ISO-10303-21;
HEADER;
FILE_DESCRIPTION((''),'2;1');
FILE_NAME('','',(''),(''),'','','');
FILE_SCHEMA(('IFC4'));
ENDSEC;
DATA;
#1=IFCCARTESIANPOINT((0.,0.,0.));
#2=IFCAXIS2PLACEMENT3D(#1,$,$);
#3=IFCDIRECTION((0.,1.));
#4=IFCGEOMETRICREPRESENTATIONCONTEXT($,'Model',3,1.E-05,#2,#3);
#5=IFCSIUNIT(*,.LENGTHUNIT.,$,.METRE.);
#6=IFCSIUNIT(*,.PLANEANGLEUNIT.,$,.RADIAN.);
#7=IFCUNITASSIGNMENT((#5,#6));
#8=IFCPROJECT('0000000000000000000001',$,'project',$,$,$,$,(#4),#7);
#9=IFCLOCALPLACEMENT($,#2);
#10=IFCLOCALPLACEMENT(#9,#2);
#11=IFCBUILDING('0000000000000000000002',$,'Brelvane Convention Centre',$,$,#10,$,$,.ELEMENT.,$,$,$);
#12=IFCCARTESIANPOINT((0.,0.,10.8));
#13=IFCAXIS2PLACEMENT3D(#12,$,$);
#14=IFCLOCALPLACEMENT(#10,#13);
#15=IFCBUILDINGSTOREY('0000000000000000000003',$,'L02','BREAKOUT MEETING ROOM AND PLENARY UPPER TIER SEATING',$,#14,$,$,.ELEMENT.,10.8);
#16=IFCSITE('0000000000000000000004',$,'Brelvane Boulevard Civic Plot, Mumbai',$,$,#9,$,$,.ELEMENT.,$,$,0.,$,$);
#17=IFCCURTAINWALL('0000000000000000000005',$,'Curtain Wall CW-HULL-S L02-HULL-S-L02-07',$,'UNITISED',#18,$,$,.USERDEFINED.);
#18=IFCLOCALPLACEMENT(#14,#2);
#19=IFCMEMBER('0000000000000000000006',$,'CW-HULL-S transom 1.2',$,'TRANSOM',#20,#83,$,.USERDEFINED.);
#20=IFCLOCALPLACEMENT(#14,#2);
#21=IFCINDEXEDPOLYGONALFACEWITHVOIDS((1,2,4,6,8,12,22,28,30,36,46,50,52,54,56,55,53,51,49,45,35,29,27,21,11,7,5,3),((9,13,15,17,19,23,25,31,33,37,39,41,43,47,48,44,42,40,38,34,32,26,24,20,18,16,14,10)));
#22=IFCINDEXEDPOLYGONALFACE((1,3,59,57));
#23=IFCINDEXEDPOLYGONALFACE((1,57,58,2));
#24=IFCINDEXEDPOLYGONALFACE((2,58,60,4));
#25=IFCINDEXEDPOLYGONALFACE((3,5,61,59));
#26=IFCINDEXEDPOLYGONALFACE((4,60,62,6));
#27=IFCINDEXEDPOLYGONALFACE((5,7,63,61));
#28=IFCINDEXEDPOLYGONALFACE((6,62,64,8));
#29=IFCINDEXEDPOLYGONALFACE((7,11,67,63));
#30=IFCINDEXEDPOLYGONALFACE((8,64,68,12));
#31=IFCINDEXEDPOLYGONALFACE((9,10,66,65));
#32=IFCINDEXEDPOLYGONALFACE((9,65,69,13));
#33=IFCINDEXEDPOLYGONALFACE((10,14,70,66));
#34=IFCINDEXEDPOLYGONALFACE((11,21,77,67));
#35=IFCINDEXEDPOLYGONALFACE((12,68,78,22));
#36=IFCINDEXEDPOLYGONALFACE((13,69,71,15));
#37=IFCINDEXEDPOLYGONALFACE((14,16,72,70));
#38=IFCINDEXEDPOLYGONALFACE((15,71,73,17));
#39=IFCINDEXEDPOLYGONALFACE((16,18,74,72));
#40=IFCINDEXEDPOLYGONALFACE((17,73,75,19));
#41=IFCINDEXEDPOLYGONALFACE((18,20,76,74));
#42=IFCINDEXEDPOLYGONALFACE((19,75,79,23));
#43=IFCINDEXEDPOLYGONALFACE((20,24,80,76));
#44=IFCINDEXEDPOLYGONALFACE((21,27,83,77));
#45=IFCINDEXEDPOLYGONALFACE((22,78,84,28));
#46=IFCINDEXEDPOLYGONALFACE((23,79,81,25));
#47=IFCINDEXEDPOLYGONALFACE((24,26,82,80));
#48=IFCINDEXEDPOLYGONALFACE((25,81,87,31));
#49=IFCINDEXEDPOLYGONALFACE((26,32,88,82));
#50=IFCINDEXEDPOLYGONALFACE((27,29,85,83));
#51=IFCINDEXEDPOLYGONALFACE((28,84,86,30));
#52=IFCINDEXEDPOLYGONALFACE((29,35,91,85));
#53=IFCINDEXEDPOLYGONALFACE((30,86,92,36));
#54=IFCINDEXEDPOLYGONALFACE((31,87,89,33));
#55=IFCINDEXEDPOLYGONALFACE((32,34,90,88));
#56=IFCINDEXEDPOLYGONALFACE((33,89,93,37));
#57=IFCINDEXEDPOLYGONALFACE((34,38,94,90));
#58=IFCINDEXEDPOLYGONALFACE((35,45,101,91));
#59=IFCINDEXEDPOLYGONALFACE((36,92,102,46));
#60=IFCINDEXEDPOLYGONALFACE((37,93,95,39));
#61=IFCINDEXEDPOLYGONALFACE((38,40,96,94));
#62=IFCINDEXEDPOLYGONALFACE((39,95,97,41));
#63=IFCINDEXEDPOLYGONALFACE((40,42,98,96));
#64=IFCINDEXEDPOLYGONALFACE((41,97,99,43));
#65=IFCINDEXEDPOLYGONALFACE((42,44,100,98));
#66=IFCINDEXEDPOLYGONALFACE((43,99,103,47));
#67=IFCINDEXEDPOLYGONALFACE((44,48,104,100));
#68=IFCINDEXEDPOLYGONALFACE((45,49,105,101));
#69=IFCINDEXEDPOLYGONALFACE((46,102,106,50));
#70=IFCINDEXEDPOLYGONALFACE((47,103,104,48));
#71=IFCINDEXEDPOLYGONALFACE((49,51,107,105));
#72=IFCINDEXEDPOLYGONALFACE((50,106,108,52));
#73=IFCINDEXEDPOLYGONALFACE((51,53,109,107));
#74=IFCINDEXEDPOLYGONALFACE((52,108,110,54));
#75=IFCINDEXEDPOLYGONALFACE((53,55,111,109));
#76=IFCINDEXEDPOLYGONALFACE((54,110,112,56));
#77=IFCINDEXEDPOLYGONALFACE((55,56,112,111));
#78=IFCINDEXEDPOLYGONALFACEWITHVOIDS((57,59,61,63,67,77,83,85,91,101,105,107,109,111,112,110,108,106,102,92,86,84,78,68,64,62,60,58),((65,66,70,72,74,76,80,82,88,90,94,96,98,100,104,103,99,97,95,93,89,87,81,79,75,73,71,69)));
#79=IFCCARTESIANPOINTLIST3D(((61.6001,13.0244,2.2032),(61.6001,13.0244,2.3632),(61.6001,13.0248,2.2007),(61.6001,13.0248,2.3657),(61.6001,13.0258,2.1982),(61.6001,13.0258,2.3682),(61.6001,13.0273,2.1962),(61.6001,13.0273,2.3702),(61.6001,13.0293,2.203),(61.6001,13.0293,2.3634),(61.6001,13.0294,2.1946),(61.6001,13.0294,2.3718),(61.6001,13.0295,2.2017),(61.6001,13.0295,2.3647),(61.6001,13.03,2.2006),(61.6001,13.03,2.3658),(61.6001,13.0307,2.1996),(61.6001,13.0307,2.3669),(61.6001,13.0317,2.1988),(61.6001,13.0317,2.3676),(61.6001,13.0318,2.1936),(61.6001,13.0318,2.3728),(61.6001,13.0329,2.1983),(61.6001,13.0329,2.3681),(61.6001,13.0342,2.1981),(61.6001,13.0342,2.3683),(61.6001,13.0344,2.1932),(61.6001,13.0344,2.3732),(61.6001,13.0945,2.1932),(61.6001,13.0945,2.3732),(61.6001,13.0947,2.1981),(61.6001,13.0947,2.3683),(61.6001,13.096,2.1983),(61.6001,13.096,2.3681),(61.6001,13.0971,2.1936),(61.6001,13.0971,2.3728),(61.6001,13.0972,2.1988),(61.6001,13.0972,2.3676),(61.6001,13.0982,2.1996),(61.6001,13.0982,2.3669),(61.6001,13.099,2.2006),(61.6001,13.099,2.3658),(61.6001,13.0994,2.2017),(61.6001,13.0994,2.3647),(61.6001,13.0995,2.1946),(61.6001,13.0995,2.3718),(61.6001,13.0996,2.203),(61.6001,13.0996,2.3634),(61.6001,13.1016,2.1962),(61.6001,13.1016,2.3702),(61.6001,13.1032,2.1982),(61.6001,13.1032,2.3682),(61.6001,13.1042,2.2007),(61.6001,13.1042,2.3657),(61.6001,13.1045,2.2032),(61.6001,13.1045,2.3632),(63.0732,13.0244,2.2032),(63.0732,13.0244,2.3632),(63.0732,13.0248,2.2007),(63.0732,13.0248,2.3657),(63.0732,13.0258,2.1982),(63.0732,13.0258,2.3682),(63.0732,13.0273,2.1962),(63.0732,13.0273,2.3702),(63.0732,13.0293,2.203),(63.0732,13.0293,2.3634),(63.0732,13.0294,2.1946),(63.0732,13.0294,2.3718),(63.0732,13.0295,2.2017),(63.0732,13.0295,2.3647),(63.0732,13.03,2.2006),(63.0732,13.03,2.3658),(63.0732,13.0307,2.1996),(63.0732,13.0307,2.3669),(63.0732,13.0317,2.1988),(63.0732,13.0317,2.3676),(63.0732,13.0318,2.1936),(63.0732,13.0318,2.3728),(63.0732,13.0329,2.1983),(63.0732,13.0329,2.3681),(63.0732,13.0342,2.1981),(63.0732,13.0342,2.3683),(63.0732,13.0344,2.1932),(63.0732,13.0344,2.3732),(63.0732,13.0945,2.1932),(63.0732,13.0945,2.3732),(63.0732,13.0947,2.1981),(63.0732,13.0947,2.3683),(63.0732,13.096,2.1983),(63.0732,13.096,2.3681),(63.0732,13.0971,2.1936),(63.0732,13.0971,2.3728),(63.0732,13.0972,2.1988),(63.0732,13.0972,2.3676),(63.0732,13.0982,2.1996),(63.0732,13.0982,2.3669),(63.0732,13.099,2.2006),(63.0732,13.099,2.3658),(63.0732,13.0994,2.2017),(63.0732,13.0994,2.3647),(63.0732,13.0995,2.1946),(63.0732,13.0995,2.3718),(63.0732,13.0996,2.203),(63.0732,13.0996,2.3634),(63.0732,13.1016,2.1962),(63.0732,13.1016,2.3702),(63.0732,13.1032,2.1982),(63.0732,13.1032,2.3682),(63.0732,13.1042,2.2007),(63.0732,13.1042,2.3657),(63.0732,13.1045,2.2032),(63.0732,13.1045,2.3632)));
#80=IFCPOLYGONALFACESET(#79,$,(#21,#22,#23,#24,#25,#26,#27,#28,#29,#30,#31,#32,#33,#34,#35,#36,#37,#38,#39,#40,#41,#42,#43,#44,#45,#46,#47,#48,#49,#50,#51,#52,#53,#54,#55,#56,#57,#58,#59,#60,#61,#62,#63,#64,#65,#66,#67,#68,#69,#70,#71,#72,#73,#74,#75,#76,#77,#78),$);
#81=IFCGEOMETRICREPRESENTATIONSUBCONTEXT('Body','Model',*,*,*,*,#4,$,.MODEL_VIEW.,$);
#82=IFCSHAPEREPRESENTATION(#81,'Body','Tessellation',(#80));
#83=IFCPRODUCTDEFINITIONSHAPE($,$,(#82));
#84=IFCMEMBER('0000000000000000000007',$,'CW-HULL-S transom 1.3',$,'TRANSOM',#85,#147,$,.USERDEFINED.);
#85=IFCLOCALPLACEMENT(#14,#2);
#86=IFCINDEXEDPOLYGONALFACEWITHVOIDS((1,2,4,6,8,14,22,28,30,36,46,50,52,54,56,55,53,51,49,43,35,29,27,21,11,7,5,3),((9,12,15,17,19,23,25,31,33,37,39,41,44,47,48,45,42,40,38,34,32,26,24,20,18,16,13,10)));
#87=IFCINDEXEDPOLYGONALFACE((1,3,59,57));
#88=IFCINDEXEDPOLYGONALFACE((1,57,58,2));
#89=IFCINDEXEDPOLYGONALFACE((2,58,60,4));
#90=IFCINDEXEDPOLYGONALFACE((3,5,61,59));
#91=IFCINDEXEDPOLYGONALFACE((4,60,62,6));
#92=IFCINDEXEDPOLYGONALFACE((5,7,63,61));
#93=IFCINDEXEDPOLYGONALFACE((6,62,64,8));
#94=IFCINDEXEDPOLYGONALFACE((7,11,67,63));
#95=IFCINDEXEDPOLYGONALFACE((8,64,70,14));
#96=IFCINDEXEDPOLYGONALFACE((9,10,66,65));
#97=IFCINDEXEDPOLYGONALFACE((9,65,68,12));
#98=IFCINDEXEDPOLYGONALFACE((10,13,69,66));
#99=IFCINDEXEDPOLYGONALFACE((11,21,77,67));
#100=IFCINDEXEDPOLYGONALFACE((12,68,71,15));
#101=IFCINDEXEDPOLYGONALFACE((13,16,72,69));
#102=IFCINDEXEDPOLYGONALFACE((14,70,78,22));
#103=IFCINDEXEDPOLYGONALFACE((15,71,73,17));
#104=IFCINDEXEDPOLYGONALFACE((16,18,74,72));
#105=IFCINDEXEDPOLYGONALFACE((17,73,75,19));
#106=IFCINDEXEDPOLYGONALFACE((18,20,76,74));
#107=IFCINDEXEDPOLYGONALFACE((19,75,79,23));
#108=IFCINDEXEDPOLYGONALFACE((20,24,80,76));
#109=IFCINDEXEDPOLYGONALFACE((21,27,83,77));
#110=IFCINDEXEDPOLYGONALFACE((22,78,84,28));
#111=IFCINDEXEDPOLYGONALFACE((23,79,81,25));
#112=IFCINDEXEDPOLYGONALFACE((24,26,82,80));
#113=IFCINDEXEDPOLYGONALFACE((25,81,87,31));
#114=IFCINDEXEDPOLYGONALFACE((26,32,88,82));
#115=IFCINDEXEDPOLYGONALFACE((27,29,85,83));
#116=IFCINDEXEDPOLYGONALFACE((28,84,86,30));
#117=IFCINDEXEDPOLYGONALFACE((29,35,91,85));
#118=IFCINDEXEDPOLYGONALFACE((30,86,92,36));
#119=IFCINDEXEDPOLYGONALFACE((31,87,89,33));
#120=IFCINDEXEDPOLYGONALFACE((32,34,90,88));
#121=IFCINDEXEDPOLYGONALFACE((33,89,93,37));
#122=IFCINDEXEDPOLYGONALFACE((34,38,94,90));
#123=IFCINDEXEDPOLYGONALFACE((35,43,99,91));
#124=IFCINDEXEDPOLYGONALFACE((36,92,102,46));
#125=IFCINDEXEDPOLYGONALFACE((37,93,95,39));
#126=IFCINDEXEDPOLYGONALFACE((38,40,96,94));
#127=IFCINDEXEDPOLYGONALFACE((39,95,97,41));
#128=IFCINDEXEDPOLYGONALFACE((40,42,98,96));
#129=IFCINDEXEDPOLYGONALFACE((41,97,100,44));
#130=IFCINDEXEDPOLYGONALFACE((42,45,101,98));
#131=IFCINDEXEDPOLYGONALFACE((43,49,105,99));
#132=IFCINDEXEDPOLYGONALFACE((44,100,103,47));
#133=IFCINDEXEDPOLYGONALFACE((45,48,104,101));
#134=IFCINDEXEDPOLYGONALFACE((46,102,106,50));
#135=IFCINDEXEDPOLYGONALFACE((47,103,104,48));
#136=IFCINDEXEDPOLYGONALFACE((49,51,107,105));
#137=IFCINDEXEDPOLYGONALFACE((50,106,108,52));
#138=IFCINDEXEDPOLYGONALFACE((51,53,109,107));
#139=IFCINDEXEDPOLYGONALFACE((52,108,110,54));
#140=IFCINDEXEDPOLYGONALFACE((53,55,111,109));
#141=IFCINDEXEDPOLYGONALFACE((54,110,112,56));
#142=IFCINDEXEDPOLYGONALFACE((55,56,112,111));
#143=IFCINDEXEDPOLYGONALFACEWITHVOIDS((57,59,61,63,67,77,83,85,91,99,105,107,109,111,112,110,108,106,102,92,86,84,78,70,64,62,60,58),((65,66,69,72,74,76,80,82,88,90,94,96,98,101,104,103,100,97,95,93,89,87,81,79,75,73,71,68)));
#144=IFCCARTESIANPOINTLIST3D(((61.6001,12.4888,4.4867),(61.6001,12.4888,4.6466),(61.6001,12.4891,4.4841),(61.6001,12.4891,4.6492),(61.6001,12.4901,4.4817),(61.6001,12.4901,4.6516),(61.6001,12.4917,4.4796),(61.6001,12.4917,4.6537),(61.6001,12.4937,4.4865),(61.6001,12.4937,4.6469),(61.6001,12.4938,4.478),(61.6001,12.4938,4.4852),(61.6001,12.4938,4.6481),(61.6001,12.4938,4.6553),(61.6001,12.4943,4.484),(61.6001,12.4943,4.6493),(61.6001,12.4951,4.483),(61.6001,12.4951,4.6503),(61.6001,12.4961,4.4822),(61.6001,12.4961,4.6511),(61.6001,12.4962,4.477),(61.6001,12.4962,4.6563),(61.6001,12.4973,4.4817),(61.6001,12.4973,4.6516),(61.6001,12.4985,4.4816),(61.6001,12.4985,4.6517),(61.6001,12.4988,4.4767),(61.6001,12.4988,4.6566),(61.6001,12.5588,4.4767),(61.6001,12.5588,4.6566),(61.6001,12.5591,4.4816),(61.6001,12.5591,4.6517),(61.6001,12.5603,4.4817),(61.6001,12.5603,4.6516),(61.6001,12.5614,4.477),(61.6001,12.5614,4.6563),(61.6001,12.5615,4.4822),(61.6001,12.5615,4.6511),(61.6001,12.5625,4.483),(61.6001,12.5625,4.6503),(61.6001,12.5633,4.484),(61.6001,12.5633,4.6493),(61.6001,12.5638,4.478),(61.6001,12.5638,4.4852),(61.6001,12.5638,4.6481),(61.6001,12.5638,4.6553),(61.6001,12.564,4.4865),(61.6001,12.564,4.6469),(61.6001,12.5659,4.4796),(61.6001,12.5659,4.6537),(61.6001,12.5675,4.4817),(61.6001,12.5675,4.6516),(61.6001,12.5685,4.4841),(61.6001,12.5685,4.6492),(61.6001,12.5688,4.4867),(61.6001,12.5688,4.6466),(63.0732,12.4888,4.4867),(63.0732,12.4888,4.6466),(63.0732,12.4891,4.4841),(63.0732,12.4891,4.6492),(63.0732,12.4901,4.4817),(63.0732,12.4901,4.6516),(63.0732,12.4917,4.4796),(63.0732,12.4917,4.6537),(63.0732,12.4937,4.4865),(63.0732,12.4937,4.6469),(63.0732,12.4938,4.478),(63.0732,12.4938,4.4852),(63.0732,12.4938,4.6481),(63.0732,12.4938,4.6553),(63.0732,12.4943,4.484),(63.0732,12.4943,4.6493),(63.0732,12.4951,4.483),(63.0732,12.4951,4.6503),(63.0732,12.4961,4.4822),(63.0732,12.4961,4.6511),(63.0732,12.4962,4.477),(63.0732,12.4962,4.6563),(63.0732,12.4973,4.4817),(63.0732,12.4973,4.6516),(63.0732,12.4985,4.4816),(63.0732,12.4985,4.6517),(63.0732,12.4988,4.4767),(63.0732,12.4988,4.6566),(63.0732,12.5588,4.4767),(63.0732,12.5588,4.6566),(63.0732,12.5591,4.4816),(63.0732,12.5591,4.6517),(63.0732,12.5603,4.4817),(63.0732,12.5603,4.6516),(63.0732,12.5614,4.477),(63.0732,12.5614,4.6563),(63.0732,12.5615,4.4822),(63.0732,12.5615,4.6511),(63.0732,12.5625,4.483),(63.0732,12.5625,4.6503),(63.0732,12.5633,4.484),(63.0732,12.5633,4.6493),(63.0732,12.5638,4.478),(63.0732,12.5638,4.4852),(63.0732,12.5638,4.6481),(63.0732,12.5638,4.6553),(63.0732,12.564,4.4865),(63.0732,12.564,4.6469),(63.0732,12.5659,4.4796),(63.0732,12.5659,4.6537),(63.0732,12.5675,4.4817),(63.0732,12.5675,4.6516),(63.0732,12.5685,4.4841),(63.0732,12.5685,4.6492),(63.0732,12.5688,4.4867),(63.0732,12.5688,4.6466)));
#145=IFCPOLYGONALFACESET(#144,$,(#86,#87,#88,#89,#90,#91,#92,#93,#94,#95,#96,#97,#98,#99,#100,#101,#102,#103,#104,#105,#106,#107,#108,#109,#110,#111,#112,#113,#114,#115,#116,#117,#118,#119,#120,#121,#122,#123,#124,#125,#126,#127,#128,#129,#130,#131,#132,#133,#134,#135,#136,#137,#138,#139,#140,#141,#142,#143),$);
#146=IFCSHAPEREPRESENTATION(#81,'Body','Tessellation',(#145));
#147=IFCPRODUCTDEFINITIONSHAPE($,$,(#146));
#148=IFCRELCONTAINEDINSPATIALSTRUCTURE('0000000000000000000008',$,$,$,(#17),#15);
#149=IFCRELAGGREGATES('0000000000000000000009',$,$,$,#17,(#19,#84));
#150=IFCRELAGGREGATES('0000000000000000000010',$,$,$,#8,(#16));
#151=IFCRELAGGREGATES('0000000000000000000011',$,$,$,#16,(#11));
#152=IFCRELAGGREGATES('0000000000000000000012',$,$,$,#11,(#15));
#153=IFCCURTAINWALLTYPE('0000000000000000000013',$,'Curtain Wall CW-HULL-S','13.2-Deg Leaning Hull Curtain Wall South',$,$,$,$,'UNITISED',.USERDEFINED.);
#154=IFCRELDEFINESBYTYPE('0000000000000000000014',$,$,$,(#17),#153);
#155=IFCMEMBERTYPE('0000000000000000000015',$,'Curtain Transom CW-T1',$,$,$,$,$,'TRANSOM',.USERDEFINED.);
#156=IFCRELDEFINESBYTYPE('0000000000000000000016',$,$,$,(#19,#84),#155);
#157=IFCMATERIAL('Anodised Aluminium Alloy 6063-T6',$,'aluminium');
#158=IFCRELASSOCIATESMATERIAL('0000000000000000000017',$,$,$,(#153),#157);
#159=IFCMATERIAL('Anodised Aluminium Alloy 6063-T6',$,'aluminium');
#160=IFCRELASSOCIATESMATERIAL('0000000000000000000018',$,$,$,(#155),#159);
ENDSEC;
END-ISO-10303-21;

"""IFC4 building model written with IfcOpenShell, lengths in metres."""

from ifc_helpers import new_model, si_unit, direction, frame, origin, origin_2d, place, context, subcontext, project, spatial, hollow_rectangle, extrude, material, material_profile, profile_set, type_object, element, aggregate, save


model = new_model("IFC4")

# Units and contexts
model_context = context("Model", 3, precision=1e-05, world=origin(), true_north=direction((0.0, 1.0)))
body_context = subcontext(model_context, "Body", "Model", "MODEL_VIEW")
ifc_project = project(units=[si_unit("LENGTHUNIT", "METRE"), si_unit("PLANEANGLEUNIT", "RADIAN")], contexts=[model_context])

# Site, building, storey
site_placement = place(None, origin())
site = spatial("IfcSite", under=ifc_project, at=site_placement, Name="Brelvane Boulevard Civic Plot, Mumbai", CompositionType="ELEMENT", RefElevation=0.0)
building_placement = place(site_placement, origin())
building = spatial("IfcBuilding", under=site, at=building_placement, Name="Brelvane Convention Centre", CompositionType="ELEMENT")
storey_placement = place(building_placement, frame((0.0, 0.0, 10.8)))
storey = spatial("IfcBuildingStorey", under=building, at=storey_placement, Name="L02", Description="BREAKOUT MEETING ROOM AND PLENARY UPPER TIER SEATING", CompositionType="ELEMENT", Elevation=10.8)

# Curtain wall, members
ifc_material_1 = material(Name="Anodised Aluminium Alloy 6063-T6", Category="aluminium")
curtain_wall_type = type_object("IfcCurtainWallType", Name="Curtain Wall CW-HULL-S", Description="13.2-Deg Leaning Hull Curtain Wall South", ElementType="UNITISED", PredefinedType="USERDEFINED", material=ifc_material_1)
curtain_wall_1_placement = place(storey_placement, origin())
curtain_wall_1 = element("IfcCurtainWall", 1, at=curtain_wall_1_placement, inside=storey, type_object=curtain_wall_type, Name="Curtain Wall CW-HULL-S L02-HULL-S-L02-07", ObjectType="UNITISED", PredefinedType="USERDEFINED")
ifc_material_2 = material(Name="Anodised Aluminium Alloy 6063-T6", Category="aluminium")
ifc_material_profile = material_profile(ifc_material_2, hollow_rectangle(XDim=0.0801, YDim=0.1799, WallThickness=0.0049, InnerFilletRadius=0.0049, OuterFilletRadius=0.01, at=origin_2d()), Name="ALU-T 180x80x5.0")
ifc_profile_set = profile_set([ifc_material_profile], Name="Anodised Aluminium Alloy 6063-T6")
member_type = type_object("IfcMemberType", Name="Curtain Transom CW-T1", ElementType="TRANSOM", PredefinedType="USERDEFINED", material=ifc_profile_set)
member_1_placement = place(storey_placement, frame((61.6001, 13.0645, 2.2832), z_axis=(1.0, 0.0, 0.0), x_axis=(0.0, 1.0, 0.0)))
member_1 = element("IfcMember", 2, at=member_1_placement, type_object=member_type, Name="CW-HULL-S transom 1.2", ObjectType="TRANSOM", PredefinedType="USERDEFINED", context=body_context, shape_type="SweptSolid", body=[
    extrude(hollow_rectangle(XDim=0.0801, YDim=0.1799, WallThickness=0.0049, InnerFilletRadius=0.0049, OuterFilletRadius=0.01, at=origin_2d()), origin(), (0.0, 0.0, 1.0), 1.4731),
])
member_2_placement = place(storey_placement, frame((61.6001, 12.5288, 4.5667), z_axis=(1.0, 0.0, 0.0), x_axis=(0.0, 1.0, 0.0)))
member_2 = element("IfcMember", 3, at=member_2_placement, type_object=member_type, Name="CW-HULL-S transom 1.3", ObjectType="TRANSOM", PredefinedType="USERDEFINED", context=body_context, shape_type="SweptSolid", body=[
    extrude(hollow_rectangle(XDim=0.0801, YDim=0.1799, WallThickness=0.0049, InnerFilletRadius=0.0049, OuterFilletRadius=0.01, at=origin_2d()), origin(), (0.0, 0.0, 1.0), 1.4731),
])

aggregate(curtain_wall_1, [member_1, member_2])

save(model, "model.ifc")
